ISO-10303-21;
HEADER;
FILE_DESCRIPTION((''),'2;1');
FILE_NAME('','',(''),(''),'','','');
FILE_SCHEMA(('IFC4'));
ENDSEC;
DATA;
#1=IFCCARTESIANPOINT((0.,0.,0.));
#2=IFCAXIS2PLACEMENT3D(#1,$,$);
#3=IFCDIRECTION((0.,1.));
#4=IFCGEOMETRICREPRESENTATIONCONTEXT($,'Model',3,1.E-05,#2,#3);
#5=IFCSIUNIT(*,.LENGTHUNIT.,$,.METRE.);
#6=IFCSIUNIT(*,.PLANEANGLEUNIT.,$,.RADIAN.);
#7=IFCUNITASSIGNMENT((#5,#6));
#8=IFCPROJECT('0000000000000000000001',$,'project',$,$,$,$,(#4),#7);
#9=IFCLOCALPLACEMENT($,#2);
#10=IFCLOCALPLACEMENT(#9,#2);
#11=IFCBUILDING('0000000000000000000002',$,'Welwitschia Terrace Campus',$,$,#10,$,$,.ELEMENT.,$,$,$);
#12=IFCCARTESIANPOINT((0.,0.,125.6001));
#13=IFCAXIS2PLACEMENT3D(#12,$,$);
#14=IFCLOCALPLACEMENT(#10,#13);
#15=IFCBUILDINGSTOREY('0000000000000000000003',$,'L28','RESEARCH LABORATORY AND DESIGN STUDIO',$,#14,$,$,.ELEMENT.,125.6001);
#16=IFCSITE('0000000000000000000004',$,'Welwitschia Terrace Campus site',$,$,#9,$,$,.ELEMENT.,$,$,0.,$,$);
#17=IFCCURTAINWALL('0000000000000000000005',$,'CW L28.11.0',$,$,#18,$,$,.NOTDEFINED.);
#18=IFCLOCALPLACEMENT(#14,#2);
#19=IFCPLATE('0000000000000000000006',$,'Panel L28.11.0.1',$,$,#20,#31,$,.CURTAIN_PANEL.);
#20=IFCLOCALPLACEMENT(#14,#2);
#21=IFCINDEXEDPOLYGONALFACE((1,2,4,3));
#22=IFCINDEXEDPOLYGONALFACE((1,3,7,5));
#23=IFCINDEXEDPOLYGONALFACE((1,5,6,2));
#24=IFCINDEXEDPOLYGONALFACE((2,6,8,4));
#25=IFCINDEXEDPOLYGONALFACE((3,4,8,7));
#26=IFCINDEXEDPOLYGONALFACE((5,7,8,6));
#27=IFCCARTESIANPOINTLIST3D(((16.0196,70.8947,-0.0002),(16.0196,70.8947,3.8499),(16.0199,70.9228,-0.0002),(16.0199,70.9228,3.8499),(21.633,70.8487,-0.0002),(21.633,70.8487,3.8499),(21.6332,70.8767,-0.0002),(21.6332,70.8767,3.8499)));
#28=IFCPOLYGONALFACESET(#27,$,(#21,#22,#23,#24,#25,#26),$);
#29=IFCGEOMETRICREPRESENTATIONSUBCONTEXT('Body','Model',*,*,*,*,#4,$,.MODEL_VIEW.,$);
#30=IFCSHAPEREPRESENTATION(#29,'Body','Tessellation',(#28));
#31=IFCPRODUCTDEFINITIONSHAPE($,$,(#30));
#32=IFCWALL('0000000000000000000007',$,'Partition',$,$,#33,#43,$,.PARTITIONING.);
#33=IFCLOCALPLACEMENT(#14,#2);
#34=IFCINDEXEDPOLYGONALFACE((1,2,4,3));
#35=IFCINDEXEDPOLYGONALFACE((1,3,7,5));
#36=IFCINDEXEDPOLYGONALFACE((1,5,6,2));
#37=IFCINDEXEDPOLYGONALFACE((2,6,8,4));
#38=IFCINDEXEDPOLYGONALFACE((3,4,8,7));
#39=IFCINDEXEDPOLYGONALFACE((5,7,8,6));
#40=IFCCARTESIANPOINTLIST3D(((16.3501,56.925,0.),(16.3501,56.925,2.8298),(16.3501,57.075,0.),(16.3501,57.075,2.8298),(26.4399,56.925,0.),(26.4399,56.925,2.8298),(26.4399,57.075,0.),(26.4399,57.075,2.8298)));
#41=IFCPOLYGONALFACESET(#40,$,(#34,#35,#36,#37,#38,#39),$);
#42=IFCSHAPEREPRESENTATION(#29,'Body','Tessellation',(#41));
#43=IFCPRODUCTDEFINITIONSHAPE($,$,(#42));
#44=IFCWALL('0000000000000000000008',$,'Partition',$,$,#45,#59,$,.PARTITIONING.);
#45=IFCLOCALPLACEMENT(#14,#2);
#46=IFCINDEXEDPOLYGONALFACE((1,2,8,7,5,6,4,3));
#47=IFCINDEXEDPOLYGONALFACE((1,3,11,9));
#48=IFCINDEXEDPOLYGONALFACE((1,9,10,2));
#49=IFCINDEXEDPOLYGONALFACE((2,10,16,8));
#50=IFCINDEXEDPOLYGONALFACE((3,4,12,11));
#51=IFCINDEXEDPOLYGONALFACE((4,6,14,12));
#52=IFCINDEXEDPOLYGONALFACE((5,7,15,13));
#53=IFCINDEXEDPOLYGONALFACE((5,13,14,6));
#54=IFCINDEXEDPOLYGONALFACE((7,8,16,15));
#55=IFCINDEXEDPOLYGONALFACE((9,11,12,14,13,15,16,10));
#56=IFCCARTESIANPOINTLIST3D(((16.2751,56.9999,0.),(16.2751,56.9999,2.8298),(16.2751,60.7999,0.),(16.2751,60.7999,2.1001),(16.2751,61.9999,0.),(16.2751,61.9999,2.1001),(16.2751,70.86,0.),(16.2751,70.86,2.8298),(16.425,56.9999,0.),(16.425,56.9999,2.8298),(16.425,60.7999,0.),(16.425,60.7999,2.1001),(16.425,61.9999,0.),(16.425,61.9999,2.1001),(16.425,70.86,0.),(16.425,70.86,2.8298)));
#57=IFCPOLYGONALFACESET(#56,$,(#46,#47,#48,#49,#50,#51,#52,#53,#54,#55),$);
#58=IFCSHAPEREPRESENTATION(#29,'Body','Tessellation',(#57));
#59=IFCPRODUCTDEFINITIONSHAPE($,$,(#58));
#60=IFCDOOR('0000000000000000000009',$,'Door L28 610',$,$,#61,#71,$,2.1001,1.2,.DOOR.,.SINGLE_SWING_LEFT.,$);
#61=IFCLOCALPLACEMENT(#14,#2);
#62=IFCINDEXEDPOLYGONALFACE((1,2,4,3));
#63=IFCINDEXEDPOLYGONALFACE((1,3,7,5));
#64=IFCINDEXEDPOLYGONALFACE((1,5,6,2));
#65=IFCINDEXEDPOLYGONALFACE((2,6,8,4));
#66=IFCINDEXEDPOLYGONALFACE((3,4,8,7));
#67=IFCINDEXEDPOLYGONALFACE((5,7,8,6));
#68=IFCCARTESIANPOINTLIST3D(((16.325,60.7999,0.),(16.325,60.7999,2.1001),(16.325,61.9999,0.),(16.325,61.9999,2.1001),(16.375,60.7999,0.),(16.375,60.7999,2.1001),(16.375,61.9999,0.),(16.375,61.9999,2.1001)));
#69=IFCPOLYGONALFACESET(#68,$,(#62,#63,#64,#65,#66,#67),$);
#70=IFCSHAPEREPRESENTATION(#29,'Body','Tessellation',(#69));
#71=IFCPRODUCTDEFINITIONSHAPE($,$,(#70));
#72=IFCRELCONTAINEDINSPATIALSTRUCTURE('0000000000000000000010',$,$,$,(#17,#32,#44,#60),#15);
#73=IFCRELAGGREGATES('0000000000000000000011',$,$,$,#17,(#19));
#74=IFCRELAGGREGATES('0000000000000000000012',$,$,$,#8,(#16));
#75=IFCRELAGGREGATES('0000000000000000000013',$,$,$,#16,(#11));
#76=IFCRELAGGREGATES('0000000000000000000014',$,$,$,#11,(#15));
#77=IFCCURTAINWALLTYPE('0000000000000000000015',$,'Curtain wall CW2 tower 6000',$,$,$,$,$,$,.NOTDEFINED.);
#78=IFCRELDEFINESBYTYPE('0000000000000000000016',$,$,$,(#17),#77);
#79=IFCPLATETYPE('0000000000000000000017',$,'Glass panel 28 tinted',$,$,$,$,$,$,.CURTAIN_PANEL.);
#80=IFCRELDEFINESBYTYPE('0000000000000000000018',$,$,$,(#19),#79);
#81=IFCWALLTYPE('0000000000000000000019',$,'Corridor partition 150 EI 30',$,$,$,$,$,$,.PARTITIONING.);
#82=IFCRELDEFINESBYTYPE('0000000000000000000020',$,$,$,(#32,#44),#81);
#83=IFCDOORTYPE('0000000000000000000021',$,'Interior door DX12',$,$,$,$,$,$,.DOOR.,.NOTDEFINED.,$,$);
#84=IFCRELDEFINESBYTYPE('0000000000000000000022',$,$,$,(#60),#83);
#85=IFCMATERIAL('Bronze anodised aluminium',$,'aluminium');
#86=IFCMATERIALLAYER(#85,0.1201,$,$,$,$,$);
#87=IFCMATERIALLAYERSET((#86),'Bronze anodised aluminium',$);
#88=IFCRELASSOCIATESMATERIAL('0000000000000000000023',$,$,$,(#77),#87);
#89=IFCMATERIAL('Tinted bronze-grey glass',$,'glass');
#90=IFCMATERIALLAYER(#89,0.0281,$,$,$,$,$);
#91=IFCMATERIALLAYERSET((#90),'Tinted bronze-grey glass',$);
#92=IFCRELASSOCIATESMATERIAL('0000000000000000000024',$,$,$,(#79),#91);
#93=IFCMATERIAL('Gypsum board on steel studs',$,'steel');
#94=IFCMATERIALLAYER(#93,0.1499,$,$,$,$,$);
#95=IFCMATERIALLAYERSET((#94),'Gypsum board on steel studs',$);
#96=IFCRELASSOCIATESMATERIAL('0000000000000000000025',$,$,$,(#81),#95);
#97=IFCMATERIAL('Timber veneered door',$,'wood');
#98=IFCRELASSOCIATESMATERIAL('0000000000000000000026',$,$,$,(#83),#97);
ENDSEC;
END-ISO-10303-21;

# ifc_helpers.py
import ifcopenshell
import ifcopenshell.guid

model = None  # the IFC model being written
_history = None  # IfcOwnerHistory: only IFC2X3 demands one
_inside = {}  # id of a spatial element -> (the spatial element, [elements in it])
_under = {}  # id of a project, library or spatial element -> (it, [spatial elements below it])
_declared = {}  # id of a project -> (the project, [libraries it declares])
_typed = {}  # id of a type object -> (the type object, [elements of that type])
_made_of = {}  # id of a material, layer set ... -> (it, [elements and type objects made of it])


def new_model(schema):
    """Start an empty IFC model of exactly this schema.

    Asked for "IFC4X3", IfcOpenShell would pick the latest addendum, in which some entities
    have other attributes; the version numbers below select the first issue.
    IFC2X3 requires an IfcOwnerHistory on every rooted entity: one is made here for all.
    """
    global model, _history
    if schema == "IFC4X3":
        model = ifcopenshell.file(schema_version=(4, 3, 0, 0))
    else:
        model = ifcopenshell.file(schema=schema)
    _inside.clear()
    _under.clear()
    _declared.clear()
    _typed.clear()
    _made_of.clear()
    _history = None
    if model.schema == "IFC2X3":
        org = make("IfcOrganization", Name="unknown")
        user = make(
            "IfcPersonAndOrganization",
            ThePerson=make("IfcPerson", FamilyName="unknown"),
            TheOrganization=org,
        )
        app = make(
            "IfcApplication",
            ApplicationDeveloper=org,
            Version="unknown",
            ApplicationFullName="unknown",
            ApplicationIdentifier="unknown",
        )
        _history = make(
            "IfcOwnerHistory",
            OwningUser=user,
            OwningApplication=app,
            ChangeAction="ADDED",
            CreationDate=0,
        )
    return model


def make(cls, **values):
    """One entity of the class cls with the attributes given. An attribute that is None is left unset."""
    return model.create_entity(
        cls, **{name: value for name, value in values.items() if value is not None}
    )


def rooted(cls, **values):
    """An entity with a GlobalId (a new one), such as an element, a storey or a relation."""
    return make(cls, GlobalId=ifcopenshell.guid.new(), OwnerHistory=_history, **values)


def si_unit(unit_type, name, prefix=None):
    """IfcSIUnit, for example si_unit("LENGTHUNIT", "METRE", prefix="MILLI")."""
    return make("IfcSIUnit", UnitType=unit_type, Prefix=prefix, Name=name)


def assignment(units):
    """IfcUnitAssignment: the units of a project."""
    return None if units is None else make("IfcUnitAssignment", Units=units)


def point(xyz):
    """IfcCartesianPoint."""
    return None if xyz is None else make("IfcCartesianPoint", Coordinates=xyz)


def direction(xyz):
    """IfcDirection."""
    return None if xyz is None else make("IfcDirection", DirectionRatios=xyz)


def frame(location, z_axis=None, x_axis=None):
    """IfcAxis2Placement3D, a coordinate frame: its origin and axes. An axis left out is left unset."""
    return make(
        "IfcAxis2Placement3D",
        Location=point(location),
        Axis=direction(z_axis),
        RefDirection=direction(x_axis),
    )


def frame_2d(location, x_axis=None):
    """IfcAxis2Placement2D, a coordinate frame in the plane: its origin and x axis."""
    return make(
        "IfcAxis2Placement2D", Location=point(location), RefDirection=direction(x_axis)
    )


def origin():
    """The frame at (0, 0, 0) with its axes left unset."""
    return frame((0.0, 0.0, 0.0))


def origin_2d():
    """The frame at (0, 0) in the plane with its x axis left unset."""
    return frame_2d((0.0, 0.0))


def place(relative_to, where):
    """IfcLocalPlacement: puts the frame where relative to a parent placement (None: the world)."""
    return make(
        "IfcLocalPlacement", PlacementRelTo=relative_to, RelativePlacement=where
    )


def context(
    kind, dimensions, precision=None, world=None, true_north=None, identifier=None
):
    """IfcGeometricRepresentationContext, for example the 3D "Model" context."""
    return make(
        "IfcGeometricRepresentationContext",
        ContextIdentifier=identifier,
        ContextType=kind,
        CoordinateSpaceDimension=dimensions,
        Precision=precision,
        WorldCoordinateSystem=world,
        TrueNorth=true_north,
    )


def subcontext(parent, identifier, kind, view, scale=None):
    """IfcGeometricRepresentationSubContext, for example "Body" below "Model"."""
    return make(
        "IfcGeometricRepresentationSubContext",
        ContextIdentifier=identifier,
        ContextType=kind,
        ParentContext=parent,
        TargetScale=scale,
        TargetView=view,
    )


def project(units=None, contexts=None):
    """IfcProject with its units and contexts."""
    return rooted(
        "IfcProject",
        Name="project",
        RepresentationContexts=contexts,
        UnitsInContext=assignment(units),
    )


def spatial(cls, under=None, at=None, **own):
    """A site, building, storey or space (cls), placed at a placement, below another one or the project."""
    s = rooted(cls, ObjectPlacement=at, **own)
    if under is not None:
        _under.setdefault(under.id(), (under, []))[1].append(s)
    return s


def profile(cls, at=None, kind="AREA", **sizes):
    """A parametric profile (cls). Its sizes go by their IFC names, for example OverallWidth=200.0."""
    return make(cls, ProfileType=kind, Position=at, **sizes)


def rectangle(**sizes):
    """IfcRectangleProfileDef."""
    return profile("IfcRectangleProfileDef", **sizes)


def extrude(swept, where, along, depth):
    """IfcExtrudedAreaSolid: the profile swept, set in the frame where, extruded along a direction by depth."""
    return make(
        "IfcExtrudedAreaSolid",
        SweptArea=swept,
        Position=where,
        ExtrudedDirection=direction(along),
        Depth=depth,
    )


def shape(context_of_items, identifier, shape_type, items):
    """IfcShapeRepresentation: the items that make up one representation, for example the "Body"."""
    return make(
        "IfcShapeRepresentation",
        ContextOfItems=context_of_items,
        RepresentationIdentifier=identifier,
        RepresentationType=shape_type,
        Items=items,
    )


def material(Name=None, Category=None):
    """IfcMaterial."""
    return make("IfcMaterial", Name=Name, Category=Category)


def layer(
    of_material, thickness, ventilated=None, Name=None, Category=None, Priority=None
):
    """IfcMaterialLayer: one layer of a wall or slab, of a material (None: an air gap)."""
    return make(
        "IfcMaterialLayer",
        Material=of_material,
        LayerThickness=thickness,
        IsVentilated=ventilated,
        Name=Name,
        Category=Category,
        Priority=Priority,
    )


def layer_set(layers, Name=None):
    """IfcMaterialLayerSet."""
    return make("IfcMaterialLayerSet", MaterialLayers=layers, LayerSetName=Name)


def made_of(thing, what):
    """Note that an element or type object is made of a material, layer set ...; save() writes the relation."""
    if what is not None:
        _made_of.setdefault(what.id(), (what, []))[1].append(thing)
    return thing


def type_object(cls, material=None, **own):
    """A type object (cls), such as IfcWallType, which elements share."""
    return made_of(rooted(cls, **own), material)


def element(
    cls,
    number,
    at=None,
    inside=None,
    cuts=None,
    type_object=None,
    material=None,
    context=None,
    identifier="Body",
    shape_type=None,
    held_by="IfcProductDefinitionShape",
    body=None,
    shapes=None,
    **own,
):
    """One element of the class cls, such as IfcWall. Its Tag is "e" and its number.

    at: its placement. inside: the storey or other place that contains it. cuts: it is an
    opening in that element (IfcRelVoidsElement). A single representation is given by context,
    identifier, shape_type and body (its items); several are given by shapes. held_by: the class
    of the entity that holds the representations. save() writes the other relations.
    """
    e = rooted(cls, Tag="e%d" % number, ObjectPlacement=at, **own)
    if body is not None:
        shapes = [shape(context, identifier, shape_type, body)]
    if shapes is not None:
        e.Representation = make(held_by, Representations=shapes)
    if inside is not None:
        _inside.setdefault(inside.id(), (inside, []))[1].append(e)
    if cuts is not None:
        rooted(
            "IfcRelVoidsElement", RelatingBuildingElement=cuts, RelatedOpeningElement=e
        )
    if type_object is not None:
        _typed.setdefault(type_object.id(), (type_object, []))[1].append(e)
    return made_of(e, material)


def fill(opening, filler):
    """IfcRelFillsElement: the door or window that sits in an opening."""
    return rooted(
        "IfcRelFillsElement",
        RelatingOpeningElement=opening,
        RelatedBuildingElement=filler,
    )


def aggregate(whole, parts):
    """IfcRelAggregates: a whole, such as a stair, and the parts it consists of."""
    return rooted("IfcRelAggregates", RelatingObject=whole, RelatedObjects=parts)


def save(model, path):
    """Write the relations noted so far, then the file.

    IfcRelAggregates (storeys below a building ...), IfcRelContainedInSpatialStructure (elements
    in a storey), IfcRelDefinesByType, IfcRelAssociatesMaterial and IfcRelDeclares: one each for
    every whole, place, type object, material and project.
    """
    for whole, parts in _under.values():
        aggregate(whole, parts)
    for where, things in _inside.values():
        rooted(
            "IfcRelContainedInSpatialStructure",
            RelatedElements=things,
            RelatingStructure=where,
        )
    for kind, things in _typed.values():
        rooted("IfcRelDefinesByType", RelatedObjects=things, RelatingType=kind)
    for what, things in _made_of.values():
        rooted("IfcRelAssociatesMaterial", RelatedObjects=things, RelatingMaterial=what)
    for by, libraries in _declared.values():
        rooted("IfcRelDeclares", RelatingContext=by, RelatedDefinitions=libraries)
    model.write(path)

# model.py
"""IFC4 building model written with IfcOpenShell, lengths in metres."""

from ifc_helpers import new_model, si_unit, direction, frame, frame_2d, origin, origin_2d, place, context, subcontext, project, spatial, rectangle, extrude, material, layer, layer_set, type_object, element, fill, aggregate, save


model = new_model("IFC4")

# Units and contexts
model_context = context("Model", 3, precision=1e-05, world=origin(), true_north=direction((0.0, 1.0)))
body_context = subcontext(model_context, "Body", "Model", "MODEL_VIEW")
ifc_project = project(units=[si_unit("LENGTHUNIT", "METRE"), si_unit("PLANEANGLEUNIT", "RADIAN")], contexts=[model_context])

# Site, building, storey
site_placement = place(None, origin())
site = spatial("IfcSite", under=ifc_project, at=site_placement, Name="Welwitschia Terrace Campus site", CompositionType="ELEMENT", RefElevation=0.0)
building_placement = place(site_placement, origin())
building = spatial("IfcBuilding", under=site, at=building_placement, Name="Welwitschia Terrace Campus", CompositionType="ELEMENT")
storey_placement = place(building_placement, frame((0.0, 0.0, 125.6001)))
storey = spatial("IfcBuildingStorey", under=building, at=storey_placement, Name="L28", Description="RESEARCH LABORATORY AND DESIGN STUDIO", CompositionType="ELEMENT", Elevation=125.6001)

# Curtain wall
ifc_material_1 = material(Name="Bronze anodised aluminium", Category="aluminium")
ifc_layer_1 = layer(ifc_material_1, 0.1201)
ifc_layer_set_1 = layer_set([ifc_layer_1], Name="Bronze anodised aluminium")
curtain_wall_type = type_object("IfcCurtainWallType", Name="Curtain wall CW2 tower 6000", PredefinedType="NOTDEFINED", material=ifc_layer_set_1)
curtain_wall_1_placement = place(storey_placement, origin())
curtain_wall_1 = element("IfcCurtainWall", 1, at=curtain_wall_1_placement, inside=storey, type_object=curtain_wall_type, Name="CW L28.11.0", PredefinedType="NOTDEFINED")

# Plate
ifc_material_2 = material(Name="Tinted bronze-grey glass", Category="glass")
ifc_layer_2 = layer(ifc_material_2, 0.0281)
ifc_layer_set_2 = layer_set([ifc_layer_2], Name="Tinted bronze-grey glass")
plate_type = type_object("IfcPlateType", Name="Glass panel 28 tinted", PredefinedType="CURTAIN_PANEL", material=ifc_layer_set_2)
plate_1_placement = place(storey_placement, frame((18.8264, 70.8857, -0.0002), z_axis=(0.0, 0.0, 1.0), x_axis=(-0.999966, 0.008205, 0.0)))
plate_1 = element("IfcPlate", 2, at=plate_1_placement, type_object=plate_type, Name="Panel L28.11.0.1", PredefinedType="CURTAIN_PANEL", context=body_context, shape_type="SweptSolid", body=[
    extrude(rectangle(XDim=5.6135, YDim=0.0281, at=origin_2d()), origin(), (0.0, 0.0, 1.0), 3.8501),
])
aggregate(curtain_wall_1, [plate_1])

# Wall
ifc_material_3 = material(Name="Gypsum board on steel studs", Category="steel")
ifc_layer_3 = layer(ifc_material_3, 0.1499)
ifc_layer_set_3 = layer_set([ifc_layer_3], Name="Gypsum board on steel studs")
wall_type = type_object("IfcWallType", Name="Corridor partition 150 EI 30", PredefinedType="PARTITIONING", material=ifc_layer_set_3)
wall_1_placement = place(storey_placement, frame((16.3501, 57.0, 0.0), z_axis=(0.0, 0.0, 1.0), x_axis=(1.0, 0.0, 0.0)))
element("IfcWall", 3, at=wall_1_placement, inside=storey, type_object=wall_type, Name="Partition", PredefinedType="PARTITIONING", context=body_context, shape_type="SweptSolid", body=[
    extrude(rectangle(XDim=10.0898, YDim=0.1499, at=frame_2d((5.0449, 0.0))), origin(), (0.0, 0.0, 1.0), 2.8298),
])

# Wall, opening, door
wall_2_placement = place(storey_placement, frame((16.3501, 70.8601, 0.0), z_axis=(0.0, 0.0, 1.0), x_axis=(0.0, -1.0, 0.0)))
wall_2 = element("IfcWall", 4, at=wall_2_placement, inside=storey, type_object=wall_type, Name="Partition", PredefinedType="PARTITIONING", context=body_context, shape_type="SweptSolid", body=[
    extrude(rectangle(XDim=13.8601, YDim=0.1499, at=frame_2d((6.9302, 0.0))), origin(), (0.0, 0.0, 1.0), 2.8298),
])
opening_placement = place(wall_2_placement, frame((8.8601, 0.0, 0.0)))
opening = element("IfcOpeningElement", 5, at=opening_placement, cuts=wall_2, PredefinedType="OPENING", context=body_context, shape_type="SweptSolid", body=[
    extrude(rectangle(XDim=1.2, YDim=2.1001, at=frame_2d((0.6001, 1.05))), frame((0.0, 0.085, 0.0), z_axis=(0.0, -1.0, 0.0), x_axis=(1.0, 0.0, 0.0)), (0.0, 0.0, 1.0), 0.1699),
])
ifc_material_4 = material(Name="Timber veneered door", Category="wood")
door_type = type_object("IfcDoorType", Name="Interior door DX12", OperationType="NOTDEFINED", PredefinedType="DOOR", material=ifc_material_4)
door_placement = place(opening_placement, origin())
door = element("IfcDoor", 6, at=door_placement, inside=storey, type_object=door_type, Name="Door L28 610", OperationType="SINGLE_SWING_LEFT", OverallHeight=2.1001, OverallWidth=1.2, PredefinedType="DOOR", context=body_context, shape_type="SweptSolid", body=[
    extrude(rectangle(XDim=1.2, YDim=2.1001, at=frame_2d((0.6001, 1.05))), frame((0.0, 0.0249, 0.0), z_axis=(0.0, -1.0, 0.0), x_axis=(1.0, 0.0, 0.0)), (0.0, 0.0, 1.0), 0.05),
])
fill(opening, door)

save(model, "model.ifc")
